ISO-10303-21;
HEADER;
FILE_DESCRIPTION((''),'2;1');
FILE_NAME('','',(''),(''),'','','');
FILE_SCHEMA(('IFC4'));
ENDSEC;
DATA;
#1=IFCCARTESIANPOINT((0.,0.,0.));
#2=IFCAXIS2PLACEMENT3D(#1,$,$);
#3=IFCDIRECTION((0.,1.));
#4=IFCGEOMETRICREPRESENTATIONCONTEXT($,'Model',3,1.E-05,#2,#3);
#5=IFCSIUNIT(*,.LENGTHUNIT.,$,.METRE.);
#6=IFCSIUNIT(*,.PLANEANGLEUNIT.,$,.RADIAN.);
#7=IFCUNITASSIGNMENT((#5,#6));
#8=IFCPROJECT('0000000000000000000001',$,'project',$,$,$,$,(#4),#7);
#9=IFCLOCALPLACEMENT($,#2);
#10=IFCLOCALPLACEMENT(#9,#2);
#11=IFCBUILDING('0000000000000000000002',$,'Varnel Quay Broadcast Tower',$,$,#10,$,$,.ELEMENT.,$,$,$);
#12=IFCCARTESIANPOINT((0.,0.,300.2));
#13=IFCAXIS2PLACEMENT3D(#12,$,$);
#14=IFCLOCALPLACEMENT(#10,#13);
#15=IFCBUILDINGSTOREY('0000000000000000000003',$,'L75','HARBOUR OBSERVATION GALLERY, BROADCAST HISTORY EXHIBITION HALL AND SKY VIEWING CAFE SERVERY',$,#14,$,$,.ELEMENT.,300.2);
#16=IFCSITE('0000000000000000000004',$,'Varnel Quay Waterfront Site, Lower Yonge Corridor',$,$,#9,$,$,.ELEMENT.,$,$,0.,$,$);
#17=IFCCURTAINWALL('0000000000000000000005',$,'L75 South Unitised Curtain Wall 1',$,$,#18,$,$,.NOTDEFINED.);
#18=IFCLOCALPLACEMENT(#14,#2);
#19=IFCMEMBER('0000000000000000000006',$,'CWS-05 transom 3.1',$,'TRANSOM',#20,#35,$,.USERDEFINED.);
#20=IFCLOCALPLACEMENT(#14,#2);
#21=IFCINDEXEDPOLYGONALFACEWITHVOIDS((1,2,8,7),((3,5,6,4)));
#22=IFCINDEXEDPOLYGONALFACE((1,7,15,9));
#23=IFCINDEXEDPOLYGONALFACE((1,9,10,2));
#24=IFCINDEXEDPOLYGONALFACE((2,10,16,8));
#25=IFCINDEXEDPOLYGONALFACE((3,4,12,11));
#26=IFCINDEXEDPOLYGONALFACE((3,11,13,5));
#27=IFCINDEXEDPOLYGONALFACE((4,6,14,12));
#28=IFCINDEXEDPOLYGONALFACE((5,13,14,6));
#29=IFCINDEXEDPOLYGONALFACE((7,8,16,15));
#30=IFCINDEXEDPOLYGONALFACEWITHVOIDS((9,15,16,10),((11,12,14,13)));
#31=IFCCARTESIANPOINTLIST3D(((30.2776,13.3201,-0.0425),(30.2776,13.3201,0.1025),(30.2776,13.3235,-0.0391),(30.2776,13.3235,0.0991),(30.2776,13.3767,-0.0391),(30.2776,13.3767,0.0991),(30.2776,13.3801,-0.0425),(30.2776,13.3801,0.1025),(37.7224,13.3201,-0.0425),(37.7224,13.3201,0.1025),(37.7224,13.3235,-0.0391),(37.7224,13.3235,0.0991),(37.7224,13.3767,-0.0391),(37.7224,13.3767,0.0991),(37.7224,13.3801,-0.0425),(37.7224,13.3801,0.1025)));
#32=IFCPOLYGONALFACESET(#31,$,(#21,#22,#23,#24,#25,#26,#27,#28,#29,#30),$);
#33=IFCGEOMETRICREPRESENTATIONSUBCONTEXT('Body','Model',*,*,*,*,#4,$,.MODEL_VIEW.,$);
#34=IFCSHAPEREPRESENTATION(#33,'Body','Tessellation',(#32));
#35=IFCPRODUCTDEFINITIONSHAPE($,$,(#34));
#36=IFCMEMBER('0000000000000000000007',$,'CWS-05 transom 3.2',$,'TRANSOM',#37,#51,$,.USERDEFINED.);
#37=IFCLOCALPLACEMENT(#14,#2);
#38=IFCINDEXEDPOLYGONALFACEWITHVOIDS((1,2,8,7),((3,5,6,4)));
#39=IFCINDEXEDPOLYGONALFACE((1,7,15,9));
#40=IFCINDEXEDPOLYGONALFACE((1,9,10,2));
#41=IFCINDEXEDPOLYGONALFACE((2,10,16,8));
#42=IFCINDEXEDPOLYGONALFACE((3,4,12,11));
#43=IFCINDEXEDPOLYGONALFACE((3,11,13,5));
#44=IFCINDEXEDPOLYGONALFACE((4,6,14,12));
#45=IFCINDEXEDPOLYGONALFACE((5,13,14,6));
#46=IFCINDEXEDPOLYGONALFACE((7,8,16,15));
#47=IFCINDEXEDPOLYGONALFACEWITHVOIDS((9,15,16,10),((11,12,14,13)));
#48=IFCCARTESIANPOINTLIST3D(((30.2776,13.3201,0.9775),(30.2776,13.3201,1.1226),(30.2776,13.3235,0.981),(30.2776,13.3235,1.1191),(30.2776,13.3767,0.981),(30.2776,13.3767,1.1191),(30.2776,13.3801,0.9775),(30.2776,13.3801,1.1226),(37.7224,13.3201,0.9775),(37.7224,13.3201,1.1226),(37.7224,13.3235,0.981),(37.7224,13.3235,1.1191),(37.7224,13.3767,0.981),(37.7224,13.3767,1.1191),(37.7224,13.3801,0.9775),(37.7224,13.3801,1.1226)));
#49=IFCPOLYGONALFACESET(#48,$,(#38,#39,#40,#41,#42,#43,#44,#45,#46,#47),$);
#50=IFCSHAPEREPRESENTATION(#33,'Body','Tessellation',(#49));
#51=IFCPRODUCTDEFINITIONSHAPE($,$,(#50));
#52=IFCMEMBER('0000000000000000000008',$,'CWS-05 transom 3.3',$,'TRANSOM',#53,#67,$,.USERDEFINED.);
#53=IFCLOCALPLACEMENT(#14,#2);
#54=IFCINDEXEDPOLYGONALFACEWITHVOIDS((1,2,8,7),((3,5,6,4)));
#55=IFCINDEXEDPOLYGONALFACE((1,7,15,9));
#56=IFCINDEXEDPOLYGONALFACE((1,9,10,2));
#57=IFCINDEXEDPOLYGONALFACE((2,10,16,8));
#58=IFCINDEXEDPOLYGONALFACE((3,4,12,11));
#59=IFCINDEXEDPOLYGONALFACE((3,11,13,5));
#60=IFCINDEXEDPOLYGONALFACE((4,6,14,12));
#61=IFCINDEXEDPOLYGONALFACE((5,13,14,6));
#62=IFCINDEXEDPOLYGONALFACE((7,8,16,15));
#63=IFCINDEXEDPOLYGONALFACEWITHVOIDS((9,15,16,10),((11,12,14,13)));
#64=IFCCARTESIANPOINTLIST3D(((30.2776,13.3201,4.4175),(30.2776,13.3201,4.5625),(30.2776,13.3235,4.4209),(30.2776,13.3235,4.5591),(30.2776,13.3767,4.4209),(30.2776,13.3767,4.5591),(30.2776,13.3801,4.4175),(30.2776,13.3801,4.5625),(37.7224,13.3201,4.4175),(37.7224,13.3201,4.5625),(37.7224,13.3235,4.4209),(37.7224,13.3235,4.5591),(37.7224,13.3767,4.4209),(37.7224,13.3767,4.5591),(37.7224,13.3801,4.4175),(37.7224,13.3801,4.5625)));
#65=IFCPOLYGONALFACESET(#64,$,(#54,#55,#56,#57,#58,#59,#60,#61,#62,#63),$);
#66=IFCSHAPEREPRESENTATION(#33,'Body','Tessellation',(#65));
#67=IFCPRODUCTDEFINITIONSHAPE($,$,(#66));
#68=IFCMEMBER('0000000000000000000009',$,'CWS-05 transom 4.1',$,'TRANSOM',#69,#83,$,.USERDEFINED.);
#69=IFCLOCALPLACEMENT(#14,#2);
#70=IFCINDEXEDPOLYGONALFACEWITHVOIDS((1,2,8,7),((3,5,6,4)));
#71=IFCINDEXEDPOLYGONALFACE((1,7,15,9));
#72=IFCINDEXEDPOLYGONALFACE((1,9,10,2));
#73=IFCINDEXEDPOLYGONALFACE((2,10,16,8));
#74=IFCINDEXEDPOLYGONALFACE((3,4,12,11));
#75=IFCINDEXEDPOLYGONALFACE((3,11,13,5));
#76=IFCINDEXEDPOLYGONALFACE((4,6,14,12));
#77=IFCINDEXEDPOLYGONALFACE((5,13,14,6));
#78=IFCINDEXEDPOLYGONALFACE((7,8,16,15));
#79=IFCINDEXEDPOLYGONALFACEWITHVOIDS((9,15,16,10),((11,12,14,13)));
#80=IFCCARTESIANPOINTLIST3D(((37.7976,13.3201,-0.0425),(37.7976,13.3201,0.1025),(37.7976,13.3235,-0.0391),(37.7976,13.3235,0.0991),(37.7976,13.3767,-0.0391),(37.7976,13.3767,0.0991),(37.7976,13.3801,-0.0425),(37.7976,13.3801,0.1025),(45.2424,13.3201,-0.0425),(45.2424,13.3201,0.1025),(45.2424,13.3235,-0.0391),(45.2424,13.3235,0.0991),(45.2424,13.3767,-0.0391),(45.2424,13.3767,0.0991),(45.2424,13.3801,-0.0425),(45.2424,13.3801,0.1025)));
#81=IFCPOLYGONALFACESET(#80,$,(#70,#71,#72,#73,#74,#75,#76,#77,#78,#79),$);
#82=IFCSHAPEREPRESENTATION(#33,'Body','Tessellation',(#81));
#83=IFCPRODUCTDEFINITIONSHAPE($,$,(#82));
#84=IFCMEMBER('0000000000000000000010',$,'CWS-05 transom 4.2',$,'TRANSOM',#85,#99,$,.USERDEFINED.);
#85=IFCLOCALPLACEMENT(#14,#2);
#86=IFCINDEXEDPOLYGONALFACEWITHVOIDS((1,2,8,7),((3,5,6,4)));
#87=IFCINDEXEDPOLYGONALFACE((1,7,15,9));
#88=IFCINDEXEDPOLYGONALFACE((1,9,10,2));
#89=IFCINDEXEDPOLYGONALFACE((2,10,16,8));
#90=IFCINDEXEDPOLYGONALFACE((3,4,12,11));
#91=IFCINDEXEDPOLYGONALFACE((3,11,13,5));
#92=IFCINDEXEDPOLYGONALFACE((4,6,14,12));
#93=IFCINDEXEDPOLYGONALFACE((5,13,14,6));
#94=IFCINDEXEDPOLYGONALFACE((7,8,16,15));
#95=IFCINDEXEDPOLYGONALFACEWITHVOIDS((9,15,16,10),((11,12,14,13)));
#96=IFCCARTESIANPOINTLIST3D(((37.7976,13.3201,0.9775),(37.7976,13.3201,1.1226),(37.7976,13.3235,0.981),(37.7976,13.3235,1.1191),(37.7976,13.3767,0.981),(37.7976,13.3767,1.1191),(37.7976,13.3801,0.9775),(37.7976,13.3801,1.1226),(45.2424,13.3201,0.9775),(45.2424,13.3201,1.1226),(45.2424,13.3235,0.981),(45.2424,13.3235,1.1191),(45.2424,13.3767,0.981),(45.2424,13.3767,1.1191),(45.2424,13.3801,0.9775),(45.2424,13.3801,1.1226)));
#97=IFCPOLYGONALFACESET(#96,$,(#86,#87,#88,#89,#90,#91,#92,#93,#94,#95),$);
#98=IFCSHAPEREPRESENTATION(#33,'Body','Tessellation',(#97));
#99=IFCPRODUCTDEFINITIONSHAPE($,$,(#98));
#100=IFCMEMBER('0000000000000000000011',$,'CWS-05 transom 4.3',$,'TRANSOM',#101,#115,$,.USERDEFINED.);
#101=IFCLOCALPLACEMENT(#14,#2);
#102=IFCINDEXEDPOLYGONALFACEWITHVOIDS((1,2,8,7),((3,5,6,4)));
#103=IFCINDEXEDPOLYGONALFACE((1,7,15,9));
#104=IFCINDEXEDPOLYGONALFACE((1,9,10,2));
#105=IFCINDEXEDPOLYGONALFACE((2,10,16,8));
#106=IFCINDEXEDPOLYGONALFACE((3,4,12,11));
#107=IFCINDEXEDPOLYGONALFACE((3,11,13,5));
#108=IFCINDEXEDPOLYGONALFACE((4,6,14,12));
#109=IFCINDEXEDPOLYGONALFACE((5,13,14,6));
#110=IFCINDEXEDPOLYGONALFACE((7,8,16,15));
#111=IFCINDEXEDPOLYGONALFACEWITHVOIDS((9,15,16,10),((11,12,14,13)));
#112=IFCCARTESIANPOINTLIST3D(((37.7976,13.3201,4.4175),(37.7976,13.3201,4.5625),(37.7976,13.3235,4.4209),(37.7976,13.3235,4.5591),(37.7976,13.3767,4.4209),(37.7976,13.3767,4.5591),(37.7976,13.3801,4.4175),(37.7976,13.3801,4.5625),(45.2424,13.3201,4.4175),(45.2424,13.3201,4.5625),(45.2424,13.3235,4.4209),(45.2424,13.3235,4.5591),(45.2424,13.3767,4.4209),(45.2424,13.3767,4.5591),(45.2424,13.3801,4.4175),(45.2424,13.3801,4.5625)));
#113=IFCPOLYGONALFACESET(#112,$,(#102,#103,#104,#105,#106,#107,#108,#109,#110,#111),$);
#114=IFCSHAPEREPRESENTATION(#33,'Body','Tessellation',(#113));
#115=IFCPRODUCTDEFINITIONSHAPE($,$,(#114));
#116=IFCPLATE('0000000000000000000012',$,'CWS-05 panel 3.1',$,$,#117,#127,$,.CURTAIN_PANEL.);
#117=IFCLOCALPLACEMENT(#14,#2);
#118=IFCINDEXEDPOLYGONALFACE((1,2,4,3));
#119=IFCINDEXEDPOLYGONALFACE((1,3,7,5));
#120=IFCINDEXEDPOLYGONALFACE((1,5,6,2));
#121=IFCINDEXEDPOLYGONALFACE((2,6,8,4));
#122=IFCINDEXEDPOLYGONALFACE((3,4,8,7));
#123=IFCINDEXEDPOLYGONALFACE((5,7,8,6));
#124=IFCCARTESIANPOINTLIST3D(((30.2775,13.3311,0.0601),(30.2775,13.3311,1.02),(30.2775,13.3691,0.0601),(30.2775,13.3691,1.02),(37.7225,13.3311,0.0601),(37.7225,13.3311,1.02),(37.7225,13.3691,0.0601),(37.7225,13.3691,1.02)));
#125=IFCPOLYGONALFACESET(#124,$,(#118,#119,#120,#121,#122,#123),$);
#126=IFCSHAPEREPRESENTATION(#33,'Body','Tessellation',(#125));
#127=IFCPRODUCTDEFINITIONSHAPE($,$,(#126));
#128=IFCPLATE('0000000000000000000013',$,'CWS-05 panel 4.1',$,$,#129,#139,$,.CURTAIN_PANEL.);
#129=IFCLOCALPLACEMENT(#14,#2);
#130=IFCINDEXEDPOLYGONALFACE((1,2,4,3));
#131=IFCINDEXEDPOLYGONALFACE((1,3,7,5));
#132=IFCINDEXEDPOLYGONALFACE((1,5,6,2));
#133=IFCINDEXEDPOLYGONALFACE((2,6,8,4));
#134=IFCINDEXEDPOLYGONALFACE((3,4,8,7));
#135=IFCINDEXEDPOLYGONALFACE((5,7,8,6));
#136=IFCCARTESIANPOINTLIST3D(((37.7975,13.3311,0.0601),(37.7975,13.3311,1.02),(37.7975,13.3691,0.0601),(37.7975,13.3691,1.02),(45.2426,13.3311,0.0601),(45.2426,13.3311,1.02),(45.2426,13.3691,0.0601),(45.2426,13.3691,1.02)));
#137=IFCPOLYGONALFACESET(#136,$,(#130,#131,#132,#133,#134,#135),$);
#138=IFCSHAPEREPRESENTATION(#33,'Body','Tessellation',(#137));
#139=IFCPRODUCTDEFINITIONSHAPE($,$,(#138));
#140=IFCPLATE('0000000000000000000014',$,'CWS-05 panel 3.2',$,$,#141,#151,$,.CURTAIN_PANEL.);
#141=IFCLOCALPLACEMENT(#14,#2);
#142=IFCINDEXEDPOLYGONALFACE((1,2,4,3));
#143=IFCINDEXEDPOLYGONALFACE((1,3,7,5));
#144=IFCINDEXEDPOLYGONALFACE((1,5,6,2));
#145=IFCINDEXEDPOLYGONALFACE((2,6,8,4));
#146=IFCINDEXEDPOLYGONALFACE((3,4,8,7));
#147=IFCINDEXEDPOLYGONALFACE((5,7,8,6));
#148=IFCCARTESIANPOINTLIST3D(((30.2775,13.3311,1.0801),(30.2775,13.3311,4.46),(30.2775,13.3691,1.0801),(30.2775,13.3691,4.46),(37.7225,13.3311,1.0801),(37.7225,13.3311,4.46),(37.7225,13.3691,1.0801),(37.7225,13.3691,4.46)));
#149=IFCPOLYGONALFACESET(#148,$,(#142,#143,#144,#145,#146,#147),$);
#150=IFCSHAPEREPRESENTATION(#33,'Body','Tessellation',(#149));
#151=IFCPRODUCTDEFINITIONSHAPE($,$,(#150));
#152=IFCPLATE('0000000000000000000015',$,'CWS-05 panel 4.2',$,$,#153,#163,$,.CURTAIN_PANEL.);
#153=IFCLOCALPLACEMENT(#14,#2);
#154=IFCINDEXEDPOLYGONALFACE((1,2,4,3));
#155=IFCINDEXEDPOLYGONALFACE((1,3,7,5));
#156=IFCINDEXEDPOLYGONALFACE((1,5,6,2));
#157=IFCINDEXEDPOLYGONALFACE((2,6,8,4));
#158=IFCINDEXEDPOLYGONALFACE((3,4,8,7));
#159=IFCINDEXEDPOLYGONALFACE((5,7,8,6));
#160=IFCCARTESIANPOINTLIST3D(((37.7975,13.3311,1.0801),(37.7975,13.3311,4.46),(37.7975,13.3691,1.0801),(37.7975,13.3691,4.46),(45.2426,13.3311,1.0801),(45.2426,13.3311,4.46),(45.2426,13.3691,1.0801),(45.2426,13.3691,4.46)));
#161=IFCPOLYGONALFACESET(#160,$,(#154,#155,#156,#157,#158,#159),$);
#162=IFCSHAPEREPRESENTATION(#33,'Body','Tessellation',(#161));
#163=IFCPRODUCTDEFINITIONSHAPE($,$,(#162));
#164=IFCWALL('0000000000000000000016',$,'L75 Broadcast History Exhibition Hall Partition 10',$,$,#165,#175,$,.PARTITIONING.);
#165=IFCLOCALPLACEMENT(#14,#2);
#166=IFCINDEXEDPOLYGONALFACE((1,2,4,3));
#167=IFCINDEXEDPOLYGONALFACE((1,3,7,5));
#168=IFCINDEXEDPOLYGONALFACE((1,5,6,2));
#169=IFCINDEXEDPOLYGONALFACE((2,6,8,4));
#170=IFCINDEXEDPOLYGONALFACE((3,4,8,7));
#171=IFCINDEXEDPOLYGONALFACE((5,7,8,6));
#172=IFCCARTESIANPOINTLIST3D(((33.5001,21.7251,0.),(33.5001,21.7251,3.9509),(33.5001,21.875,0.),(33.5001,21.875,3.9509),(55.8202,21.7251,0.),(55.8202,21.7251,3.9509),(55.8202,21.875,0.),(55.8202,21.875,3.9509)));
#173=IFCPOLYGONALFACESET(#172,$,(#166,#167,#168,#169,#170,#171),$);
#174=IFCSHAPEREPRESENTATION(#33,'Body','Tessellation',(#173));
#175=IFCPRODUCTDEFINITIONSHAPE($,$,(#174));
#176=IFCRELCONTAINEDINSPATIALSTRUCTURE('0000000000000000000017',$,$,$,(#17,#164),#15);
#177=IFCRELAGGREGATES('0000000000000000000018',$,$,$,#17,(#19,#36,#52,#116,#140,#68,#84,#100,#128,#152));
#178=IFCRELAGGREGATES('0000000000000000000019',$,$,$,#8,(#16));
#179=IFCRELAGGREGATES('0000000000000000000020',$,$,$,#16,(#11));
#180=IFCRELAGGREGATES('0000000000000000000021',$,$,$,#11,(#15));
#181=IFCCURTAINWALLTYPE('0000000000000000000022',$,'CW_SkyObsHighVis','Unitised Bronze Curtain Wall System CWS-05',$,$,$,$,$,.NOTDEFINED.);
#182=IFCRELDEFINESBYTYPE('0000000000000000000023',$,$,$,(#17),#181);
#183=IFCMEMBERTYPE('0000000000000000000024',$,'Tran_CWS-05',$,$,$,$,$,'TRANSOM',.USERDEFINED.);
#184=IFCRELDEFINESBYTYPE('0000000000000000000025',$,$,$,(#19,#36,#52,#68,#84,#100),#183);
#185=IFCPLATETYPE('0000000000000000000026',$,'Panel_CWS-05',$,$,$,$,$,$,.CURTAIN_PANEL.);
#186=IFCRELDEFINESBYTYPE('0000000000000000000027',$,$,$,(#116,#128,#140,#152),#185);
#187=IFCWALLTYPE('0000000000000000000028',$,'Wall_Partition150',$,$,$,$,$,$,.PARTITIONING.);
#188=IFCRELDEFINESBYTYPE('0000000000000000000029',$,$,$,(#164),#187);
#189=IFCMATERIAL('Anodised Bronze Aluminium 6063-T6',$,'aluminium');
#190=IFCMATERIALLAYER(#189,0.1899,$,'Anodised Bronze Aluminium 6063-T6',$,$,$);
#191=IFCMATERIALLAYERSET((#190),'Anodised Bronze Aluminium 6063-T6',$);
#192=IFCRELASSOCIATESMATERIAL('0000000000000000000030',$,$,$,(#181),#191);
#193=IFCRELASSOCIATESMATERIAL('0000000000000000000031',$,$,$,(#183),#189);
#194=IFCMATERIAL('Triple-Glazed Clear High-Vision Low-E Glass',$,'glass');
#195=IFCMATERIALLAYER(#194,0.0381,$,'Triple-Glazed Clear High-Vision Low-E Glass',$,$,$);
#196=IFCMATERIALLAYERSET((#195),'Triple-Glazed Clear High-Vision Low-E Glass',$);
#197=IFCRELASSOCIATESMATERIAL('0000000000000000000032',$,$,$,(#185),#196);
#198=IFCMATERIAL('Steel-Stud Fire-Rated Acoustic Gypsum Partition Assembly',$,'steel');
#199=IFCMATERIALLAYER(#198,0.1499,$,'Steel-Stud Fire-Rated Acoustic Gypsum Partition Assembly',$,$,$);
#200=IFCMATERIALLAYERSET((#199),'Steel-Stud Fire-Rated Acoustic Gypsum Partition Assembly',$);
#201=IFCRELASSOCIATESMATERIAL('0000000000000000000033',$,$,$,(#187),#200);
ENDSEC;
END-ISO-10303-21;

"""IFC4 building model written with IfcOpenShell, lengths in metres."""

from ifc_helpers import new_model, si_unit, direction, frame, frame_2d, origin, origin_2d, place, context, subcontext, project, spatial, rectangle, hollow_rectangle, extrude, source, transform, mapped, material, layer, layer_set, material_profile, profile_set, type_object, type_shapes, element, aggregate, save


model = new_model("IFC4")

# Units and contexts
model_context = context("Model", 3, precision=1e-05, world=origin(), true_north=direction((0.0, 1.0)))
body_context = subcontext(model_context, "Body", "Model", "MODEL_VIEW")
ifc_project = project(units=[si_unit("LENGTHUNIT", "METRE"), si_unit("PLANEANGLEUNIT", "RADIAN")], contexts=[model_context])

# Site, building, storey
site_placement = place(None, origin())
site = spatial("IfcSite", under=ifc_project, at=site_placement, Name="Varnel Quay Waterfront Site, Lower Yonge Corridor", CompositionType="ELEMENT", RefElevation=0.0)
building_placement = place(site_placement, origin())
building = spatial("IfcBuilding", under=site, at=building_placement, Name="Varnel Quay Broadcast Tower", CompositionType="ELEMENT")
storey_placement = place(building_placement, frame((0.0, 0.0, 300.2)))
storey = spatial("IfcBuildingStorey", under=building, at=storey_placement, Name="L75", Description="HARBOUR OBSERVATION GALLERY, BROADCAST HISTORY EXHIBITION HALL AND SKY VIEWING CAFE SERVERY", CompositionType="ELEMENT", Elevation=300.2)

# Curtain wall, members, plates
ifc_material_1 = material(Name="Anodised Bronze Aluminium 6063-T6", Category="aluminium")
ifc_layer_1 = layer(ifc_material_1, 0.1899, Name="Anodised Bronze Aluminium 6063-T6")
ifc_layer_set_1 = layer_set([ifc_layer_1], Name="Anodised Bronze Aluminium 6063-T6")
curtain_wall_type = type_object("IfcCurtainWallType", Name="CW_SkyObsHighVis", Description="Unitised Bronze Curtain Wall System CWS-05", PredefinedType="NOTDEFINED", material=ifc_layer_set_1)
curtain_wall_placement = place(storey_placement, origin())
curtain_wall = element("IfcCurtainWall", 1, at=curtain_wall_placement, inside=storey, type_object=curtain_wall_type, Name="L75 South Unitised Curtain Wall 1", PredefinedType="NOTDEFINED")
ifc_material_profile_1 = material_profile(ifc_material_1, hollow_rectangle(XDim=0.0601, YDim=0.145, WallThickness=0.0034, at=origin_2d()), Name="ALU60X145X3.5")
ifc_profile_set_1 = profile_set([ifc_material_profile_1], Name="Anodised Bronze Aluminium 6063-T6")
member_type_1 = type_object("IfcMemberType", Name="Tran_CWS-05", ElementType="TRANSOM", PredefinedType="USERDEFINED", material=ifc_profile_set_1)
shared_shape_1 = source(origin(), body_context, "Body", "SweptSolid", [
    extrude(hollow_rectangle(XDim=0.0601, YDim=0.145, WallThickness=0.0034, at=origin_2d()), origin(), (0.0, 0.0, 1.0), 7.4448),
])
member_1_placement = place(storey_placement, frame((30.2776, 13.3501, 0.03), z_axis=(1.0, 0.0, 0.0), x_axis=(0.0, 1.0, 0.0)))
member_1 = element("IfcMember", 2, at=member_1_placement, type_object=member_type_1, Name="CWS-05 transom 3.1", ObjectType="TRANSOM", PredefinedType="USERDEFINED", context=body_context, shape_type="MappedRepresentation", body=[
    mapped(shared_shape_1, transform((0.0, 0.0, 0.0), x_axis=(1.0, 0.0, 0.0), y_axis=(0.0, 1.0, 0.0), z_axis=(0.0, 0.0, 1.0), scale=1.0)),
])
member_2_placement = place(storey_placement, frame((30.2776, 13.3501, 1.05), z_axis=(1.0, 0.0, 0.0), x_axis=(0.0, 1.0, 0.0)))
member_2 = element("IfcMember", 3, at=member_2_placement, type_object=member_type_1, Name="CWS-05 transom 3.2", ObjectType="TRANSOM", PredefinedType="USERDEFINED", context=body_context, shape_type="MappedRepresentation", body=[
    mapped(shared_shape_1, transform((0.0, 0.0, 0.0), x_axis=(1.0, 0.0, 0.0), y_axis=(0.0, 1.0, 0.0), z_axis=(0.0, 0.0, 1.0), scale=1.0)),
])
member_3_placement = place(storey_placement, frame((30.2776, 13.3501, 4.49), z_axis=(1.0, 0.0, 0.0), x_axis=(0.0, 1.0, 0.0)))
member_3 = element("IfcMember", 4, at=member_3_placement, type_object=member_type_1, Name="CWS-05 transom 3.3", ObjectType="TRANSOM", PredefinedType="USERDEFINED", context=body_context, shape_type="MappedRepresentation", body=[
    mapped(shared_shape_1, transform((0.0, 0.0, 0.0), x_axis=(1.0, 0.0, 0.0), y_axis=(0.0, 1.0, 0.0), z_axis=(0.0, 0.0, 1.0), scale=1.0)),
])
member_4_placement = place(storey_placement, frame((37.7976, 13.3501, 0.03), z_axis=(1.0, 0.0, 0.0), x_axis=(0.0, 1.0, 0.0)))
member_4 = element("IfcMember", 5, at=member_4_placement, type_object=member_type_1, Name="CWS-05 transom 4.1", ObjectType="TRANSOM", PredefinedType="USERDEFINED", context=body_context, shape_type="MappedRepresentation", body=[
    mapped(shared_shape_1, transform((0.0, 0.0, 0.0), x_axis=(1.0, 0.0, 0.0), y_axis=(0.0, 1.0, 0.0), z_axis=(0.0, 0.0, 1.0), scale=1.0)),
])
member_5_placement = place(storey_placement, frame((37.7976, 13.3501, 1.05), z_axis=(1.0, 0.0, 0.0), x_axis=(0.0, 1.0, 0.0)))
member_5 = element("IfcMember", 6, at=member_5_placement, type_object=member_type_1, Name="CWS-05 transom 4.2", ObjectType="TRANSOM", PredefinedType="USERDEFINED", context=body_context, shape_type="MappedRepresentation", body=[
    mapped(shared_shape_1, transform((0.0, 0.0, 0.0), x_axis=(1.0, 0.0, 0.0), y_axis=(0.0, 1.0, 0.0), z_axis=(0.0, 0.0, 1.0), scale=1.0)),
])
member_6_placement = place(storey_placement, frame((37.7976, 13.3501, 4.49), z_axis=(1.0, 0.0, 0.0), x_axis=(0.0, 1.0, 0.0)))
member_6 = element("IfcMember", 7, at=member_6_placement, type_object=member_type_1, Name="CWS-05 transom 4.3", ObjectType="TRANSOM", PredefinedType="USERDEFINED", context=body_context, shape_type="MappedRepresentation", body=[
    mapped(shared_shape_1, transform((0.0, 0.0, 0.0), x_axis=(1.0, 0.0, 0.0), y_axis=(0.0, 1.0, 0.0), z_axis=(0.0, 0.0, 1.0), scale=1.0)),
])
ifc_material_2 = material(Name="Triple-Glazed Clear High-Vision Low-E Glass", Category="glass")
ifc_layer_2 = layer(ifc_material_2, 0.0381, Name="Triple-Glazed Clear High-Vision Low-E Glass")
ifc_layer_set_2 = layer_set([ifc_layer_2], Name="Triple-Glazed Clear High-Vision Low-E Glass")
plate_type = type_object("IfcPlateType", Name="Panel_CWS-05", PredefinedType="CURTAIN_PANEL", material=ifc_layer_set_2)
shared_shape_2 = source(origin(), body_context, "Body", "SweptSolid", [
    extrude(rectangle(XDim=7.4451, YDim=0.0381, at=origin_2d()), origin(), (0.0, 0.0, 1.0), 0.96),
])
plate_1_placement = place(storey_placement, frame((34.0, 13.3501, 0.0601), z_axis=(0.0, 0.0, 1.0), x_axis=(1.0, 0.0, 0.0)))
plate_1 = element("IfcPlate", 8, at=plate_1_placement, type_object=plate_type, Name="CWS-05 panel 3.1", PredefinedType="CURTAIN_PANEL", context=body_context, shape_type="MappedRepresentation", body=[
    mapped(shared_shape_2, transform((0.0, 0.0, 0.0), x_axis=(1.0, 0.0, 0.0), y_axis=(0.0, 1.0, 0.0), z_axis=(0.0, 0.0, 1.0), scale=1.0)),
])
plate_2_placement = place(storey_placement, frame((41.52, 13.3501, 0.0601), z_axis=(0.0, 0.0, 1.0), x_axis=(1.0, 0.0, 0.0)))
plate_2 = element("IfcPlate", 9, at=plate_2_placement, type_object=plate_type, Name="CWS-05 panel 4.1", PredefinedType="CURTAIN_PANEL", context=body_context, shape_type="MappedRepresentation", body=[
    mapped(shared_shape_2, transform((0.0, 0.0, 0.0), x_axis=(1.0, 0.0, 0.0), y_axis=(0.0, 1.0, 0.0), z_axis=(0.0, 0.0, 1.0), scale=1.0)),
])
shared_shape_3 = source(origin(), body_context, "Body", "SweptSolid", [
    extrude(rectangle(XDim=7.4451, YDim=0.0381, at=origin_2d()), origin(), (0.0, 0.0, 1.0), 3.3799),
])
type_shapes(plate_type, [shared_shape_2, shared_shape_3])
plate_3_placement = place(storey_placement, frame((34.0, 13.3501, 1.0801), z_axis=(0.0, 0.0, 1.0), x_axis=(1.0, 0.0, 0.0)))
plate_3 = element("IfcPlate", 10, at=plate_3_placement, type_object=plate_type, Name="CWS-05 panel 3.2", PredefinedType="CURTAIN_PANEL", context=body_context, shape_type="MappedRepresentation", body=[
    mapped(shared_shape_3, transform((0.0, 0.0, 0.0), x_axis=(1.0, 0.0, 0.0), y_axis=(0.0, 1.0, 0.0), z_axis=(0.0, 0.0, 1.0), scale=1.0)),
])
plate_4_placement = place(storey_placement, frame((41.52, 13.3501, 1.0801), z_axis=(0.0, 0.0, 1.0), x_axis=(1.0, 0.0, 0.0)))
plate_4 = element("IfcPlate", 11, at=plate_4_placement, type_object=plate_type, Name="CWS-05 panel 4.2", PredefinedType="CURTAIN_PANEL", context=body_context, shape_type="MappedRepresentation", body=[
    mapped(shared_shape_3, transform((0.0, 0.0, 0.0), x_axis=(1.0, 0.0, 0.0), y_axis=(0.0, 1.0, 0.0), z_axis=(0.0, 0.0, 1.0), scale=1.0)),
])
aggregate(curtain_wall, [member_1, member_2, member_3, plate_1, plate_3, member_4, member_5, member_6, plate_2, plate_4])

# Wall
ifc_material_3 = material(Name="Steel-Stud Fire-Rated Acoustic Gypsum Partition Assembly", Category="steel")
ifc_layer_3 = layer(ifc_material_3, 0.1499, Name="Steel-Stud Fire-Rated Acoustic Gypsum Partition Assembly")
ifc_layer_set_3 = layer_set([ifc_layer_3], Name="Steel-Stud Fire-Rated Acoustic Gypsum Partition Assembly")
wall_type = type_object("IfcWallType", Name="Wall_Partition150", PredefinedType="PARTITIONING", material=ifc_layer_set_3)
wall_1_placement = place(storey_placement, frame((33.5, 21.8, 0.0), z_axis=(0.0, 0.0, 1.0), x_axis=(1.0, 0.0, 0.0)))
element("IfcWall", 12, at=wall_1_placement, inside=storey, type_object=wall_type, Name="L75 Broadcast History Exhibition Hall Partition 10", PredefinedType="PARTITIONING", context=body_context, shape_type="SweptSolid", body=[
    extrude(rectangle(XDim=22.3201, YDim=0.1499, at=frame_2d((11.1602, 0.0))), origin(), (0.0, 0.0, 1.0), 3.9509),
])

save(model, "model.ifc")
